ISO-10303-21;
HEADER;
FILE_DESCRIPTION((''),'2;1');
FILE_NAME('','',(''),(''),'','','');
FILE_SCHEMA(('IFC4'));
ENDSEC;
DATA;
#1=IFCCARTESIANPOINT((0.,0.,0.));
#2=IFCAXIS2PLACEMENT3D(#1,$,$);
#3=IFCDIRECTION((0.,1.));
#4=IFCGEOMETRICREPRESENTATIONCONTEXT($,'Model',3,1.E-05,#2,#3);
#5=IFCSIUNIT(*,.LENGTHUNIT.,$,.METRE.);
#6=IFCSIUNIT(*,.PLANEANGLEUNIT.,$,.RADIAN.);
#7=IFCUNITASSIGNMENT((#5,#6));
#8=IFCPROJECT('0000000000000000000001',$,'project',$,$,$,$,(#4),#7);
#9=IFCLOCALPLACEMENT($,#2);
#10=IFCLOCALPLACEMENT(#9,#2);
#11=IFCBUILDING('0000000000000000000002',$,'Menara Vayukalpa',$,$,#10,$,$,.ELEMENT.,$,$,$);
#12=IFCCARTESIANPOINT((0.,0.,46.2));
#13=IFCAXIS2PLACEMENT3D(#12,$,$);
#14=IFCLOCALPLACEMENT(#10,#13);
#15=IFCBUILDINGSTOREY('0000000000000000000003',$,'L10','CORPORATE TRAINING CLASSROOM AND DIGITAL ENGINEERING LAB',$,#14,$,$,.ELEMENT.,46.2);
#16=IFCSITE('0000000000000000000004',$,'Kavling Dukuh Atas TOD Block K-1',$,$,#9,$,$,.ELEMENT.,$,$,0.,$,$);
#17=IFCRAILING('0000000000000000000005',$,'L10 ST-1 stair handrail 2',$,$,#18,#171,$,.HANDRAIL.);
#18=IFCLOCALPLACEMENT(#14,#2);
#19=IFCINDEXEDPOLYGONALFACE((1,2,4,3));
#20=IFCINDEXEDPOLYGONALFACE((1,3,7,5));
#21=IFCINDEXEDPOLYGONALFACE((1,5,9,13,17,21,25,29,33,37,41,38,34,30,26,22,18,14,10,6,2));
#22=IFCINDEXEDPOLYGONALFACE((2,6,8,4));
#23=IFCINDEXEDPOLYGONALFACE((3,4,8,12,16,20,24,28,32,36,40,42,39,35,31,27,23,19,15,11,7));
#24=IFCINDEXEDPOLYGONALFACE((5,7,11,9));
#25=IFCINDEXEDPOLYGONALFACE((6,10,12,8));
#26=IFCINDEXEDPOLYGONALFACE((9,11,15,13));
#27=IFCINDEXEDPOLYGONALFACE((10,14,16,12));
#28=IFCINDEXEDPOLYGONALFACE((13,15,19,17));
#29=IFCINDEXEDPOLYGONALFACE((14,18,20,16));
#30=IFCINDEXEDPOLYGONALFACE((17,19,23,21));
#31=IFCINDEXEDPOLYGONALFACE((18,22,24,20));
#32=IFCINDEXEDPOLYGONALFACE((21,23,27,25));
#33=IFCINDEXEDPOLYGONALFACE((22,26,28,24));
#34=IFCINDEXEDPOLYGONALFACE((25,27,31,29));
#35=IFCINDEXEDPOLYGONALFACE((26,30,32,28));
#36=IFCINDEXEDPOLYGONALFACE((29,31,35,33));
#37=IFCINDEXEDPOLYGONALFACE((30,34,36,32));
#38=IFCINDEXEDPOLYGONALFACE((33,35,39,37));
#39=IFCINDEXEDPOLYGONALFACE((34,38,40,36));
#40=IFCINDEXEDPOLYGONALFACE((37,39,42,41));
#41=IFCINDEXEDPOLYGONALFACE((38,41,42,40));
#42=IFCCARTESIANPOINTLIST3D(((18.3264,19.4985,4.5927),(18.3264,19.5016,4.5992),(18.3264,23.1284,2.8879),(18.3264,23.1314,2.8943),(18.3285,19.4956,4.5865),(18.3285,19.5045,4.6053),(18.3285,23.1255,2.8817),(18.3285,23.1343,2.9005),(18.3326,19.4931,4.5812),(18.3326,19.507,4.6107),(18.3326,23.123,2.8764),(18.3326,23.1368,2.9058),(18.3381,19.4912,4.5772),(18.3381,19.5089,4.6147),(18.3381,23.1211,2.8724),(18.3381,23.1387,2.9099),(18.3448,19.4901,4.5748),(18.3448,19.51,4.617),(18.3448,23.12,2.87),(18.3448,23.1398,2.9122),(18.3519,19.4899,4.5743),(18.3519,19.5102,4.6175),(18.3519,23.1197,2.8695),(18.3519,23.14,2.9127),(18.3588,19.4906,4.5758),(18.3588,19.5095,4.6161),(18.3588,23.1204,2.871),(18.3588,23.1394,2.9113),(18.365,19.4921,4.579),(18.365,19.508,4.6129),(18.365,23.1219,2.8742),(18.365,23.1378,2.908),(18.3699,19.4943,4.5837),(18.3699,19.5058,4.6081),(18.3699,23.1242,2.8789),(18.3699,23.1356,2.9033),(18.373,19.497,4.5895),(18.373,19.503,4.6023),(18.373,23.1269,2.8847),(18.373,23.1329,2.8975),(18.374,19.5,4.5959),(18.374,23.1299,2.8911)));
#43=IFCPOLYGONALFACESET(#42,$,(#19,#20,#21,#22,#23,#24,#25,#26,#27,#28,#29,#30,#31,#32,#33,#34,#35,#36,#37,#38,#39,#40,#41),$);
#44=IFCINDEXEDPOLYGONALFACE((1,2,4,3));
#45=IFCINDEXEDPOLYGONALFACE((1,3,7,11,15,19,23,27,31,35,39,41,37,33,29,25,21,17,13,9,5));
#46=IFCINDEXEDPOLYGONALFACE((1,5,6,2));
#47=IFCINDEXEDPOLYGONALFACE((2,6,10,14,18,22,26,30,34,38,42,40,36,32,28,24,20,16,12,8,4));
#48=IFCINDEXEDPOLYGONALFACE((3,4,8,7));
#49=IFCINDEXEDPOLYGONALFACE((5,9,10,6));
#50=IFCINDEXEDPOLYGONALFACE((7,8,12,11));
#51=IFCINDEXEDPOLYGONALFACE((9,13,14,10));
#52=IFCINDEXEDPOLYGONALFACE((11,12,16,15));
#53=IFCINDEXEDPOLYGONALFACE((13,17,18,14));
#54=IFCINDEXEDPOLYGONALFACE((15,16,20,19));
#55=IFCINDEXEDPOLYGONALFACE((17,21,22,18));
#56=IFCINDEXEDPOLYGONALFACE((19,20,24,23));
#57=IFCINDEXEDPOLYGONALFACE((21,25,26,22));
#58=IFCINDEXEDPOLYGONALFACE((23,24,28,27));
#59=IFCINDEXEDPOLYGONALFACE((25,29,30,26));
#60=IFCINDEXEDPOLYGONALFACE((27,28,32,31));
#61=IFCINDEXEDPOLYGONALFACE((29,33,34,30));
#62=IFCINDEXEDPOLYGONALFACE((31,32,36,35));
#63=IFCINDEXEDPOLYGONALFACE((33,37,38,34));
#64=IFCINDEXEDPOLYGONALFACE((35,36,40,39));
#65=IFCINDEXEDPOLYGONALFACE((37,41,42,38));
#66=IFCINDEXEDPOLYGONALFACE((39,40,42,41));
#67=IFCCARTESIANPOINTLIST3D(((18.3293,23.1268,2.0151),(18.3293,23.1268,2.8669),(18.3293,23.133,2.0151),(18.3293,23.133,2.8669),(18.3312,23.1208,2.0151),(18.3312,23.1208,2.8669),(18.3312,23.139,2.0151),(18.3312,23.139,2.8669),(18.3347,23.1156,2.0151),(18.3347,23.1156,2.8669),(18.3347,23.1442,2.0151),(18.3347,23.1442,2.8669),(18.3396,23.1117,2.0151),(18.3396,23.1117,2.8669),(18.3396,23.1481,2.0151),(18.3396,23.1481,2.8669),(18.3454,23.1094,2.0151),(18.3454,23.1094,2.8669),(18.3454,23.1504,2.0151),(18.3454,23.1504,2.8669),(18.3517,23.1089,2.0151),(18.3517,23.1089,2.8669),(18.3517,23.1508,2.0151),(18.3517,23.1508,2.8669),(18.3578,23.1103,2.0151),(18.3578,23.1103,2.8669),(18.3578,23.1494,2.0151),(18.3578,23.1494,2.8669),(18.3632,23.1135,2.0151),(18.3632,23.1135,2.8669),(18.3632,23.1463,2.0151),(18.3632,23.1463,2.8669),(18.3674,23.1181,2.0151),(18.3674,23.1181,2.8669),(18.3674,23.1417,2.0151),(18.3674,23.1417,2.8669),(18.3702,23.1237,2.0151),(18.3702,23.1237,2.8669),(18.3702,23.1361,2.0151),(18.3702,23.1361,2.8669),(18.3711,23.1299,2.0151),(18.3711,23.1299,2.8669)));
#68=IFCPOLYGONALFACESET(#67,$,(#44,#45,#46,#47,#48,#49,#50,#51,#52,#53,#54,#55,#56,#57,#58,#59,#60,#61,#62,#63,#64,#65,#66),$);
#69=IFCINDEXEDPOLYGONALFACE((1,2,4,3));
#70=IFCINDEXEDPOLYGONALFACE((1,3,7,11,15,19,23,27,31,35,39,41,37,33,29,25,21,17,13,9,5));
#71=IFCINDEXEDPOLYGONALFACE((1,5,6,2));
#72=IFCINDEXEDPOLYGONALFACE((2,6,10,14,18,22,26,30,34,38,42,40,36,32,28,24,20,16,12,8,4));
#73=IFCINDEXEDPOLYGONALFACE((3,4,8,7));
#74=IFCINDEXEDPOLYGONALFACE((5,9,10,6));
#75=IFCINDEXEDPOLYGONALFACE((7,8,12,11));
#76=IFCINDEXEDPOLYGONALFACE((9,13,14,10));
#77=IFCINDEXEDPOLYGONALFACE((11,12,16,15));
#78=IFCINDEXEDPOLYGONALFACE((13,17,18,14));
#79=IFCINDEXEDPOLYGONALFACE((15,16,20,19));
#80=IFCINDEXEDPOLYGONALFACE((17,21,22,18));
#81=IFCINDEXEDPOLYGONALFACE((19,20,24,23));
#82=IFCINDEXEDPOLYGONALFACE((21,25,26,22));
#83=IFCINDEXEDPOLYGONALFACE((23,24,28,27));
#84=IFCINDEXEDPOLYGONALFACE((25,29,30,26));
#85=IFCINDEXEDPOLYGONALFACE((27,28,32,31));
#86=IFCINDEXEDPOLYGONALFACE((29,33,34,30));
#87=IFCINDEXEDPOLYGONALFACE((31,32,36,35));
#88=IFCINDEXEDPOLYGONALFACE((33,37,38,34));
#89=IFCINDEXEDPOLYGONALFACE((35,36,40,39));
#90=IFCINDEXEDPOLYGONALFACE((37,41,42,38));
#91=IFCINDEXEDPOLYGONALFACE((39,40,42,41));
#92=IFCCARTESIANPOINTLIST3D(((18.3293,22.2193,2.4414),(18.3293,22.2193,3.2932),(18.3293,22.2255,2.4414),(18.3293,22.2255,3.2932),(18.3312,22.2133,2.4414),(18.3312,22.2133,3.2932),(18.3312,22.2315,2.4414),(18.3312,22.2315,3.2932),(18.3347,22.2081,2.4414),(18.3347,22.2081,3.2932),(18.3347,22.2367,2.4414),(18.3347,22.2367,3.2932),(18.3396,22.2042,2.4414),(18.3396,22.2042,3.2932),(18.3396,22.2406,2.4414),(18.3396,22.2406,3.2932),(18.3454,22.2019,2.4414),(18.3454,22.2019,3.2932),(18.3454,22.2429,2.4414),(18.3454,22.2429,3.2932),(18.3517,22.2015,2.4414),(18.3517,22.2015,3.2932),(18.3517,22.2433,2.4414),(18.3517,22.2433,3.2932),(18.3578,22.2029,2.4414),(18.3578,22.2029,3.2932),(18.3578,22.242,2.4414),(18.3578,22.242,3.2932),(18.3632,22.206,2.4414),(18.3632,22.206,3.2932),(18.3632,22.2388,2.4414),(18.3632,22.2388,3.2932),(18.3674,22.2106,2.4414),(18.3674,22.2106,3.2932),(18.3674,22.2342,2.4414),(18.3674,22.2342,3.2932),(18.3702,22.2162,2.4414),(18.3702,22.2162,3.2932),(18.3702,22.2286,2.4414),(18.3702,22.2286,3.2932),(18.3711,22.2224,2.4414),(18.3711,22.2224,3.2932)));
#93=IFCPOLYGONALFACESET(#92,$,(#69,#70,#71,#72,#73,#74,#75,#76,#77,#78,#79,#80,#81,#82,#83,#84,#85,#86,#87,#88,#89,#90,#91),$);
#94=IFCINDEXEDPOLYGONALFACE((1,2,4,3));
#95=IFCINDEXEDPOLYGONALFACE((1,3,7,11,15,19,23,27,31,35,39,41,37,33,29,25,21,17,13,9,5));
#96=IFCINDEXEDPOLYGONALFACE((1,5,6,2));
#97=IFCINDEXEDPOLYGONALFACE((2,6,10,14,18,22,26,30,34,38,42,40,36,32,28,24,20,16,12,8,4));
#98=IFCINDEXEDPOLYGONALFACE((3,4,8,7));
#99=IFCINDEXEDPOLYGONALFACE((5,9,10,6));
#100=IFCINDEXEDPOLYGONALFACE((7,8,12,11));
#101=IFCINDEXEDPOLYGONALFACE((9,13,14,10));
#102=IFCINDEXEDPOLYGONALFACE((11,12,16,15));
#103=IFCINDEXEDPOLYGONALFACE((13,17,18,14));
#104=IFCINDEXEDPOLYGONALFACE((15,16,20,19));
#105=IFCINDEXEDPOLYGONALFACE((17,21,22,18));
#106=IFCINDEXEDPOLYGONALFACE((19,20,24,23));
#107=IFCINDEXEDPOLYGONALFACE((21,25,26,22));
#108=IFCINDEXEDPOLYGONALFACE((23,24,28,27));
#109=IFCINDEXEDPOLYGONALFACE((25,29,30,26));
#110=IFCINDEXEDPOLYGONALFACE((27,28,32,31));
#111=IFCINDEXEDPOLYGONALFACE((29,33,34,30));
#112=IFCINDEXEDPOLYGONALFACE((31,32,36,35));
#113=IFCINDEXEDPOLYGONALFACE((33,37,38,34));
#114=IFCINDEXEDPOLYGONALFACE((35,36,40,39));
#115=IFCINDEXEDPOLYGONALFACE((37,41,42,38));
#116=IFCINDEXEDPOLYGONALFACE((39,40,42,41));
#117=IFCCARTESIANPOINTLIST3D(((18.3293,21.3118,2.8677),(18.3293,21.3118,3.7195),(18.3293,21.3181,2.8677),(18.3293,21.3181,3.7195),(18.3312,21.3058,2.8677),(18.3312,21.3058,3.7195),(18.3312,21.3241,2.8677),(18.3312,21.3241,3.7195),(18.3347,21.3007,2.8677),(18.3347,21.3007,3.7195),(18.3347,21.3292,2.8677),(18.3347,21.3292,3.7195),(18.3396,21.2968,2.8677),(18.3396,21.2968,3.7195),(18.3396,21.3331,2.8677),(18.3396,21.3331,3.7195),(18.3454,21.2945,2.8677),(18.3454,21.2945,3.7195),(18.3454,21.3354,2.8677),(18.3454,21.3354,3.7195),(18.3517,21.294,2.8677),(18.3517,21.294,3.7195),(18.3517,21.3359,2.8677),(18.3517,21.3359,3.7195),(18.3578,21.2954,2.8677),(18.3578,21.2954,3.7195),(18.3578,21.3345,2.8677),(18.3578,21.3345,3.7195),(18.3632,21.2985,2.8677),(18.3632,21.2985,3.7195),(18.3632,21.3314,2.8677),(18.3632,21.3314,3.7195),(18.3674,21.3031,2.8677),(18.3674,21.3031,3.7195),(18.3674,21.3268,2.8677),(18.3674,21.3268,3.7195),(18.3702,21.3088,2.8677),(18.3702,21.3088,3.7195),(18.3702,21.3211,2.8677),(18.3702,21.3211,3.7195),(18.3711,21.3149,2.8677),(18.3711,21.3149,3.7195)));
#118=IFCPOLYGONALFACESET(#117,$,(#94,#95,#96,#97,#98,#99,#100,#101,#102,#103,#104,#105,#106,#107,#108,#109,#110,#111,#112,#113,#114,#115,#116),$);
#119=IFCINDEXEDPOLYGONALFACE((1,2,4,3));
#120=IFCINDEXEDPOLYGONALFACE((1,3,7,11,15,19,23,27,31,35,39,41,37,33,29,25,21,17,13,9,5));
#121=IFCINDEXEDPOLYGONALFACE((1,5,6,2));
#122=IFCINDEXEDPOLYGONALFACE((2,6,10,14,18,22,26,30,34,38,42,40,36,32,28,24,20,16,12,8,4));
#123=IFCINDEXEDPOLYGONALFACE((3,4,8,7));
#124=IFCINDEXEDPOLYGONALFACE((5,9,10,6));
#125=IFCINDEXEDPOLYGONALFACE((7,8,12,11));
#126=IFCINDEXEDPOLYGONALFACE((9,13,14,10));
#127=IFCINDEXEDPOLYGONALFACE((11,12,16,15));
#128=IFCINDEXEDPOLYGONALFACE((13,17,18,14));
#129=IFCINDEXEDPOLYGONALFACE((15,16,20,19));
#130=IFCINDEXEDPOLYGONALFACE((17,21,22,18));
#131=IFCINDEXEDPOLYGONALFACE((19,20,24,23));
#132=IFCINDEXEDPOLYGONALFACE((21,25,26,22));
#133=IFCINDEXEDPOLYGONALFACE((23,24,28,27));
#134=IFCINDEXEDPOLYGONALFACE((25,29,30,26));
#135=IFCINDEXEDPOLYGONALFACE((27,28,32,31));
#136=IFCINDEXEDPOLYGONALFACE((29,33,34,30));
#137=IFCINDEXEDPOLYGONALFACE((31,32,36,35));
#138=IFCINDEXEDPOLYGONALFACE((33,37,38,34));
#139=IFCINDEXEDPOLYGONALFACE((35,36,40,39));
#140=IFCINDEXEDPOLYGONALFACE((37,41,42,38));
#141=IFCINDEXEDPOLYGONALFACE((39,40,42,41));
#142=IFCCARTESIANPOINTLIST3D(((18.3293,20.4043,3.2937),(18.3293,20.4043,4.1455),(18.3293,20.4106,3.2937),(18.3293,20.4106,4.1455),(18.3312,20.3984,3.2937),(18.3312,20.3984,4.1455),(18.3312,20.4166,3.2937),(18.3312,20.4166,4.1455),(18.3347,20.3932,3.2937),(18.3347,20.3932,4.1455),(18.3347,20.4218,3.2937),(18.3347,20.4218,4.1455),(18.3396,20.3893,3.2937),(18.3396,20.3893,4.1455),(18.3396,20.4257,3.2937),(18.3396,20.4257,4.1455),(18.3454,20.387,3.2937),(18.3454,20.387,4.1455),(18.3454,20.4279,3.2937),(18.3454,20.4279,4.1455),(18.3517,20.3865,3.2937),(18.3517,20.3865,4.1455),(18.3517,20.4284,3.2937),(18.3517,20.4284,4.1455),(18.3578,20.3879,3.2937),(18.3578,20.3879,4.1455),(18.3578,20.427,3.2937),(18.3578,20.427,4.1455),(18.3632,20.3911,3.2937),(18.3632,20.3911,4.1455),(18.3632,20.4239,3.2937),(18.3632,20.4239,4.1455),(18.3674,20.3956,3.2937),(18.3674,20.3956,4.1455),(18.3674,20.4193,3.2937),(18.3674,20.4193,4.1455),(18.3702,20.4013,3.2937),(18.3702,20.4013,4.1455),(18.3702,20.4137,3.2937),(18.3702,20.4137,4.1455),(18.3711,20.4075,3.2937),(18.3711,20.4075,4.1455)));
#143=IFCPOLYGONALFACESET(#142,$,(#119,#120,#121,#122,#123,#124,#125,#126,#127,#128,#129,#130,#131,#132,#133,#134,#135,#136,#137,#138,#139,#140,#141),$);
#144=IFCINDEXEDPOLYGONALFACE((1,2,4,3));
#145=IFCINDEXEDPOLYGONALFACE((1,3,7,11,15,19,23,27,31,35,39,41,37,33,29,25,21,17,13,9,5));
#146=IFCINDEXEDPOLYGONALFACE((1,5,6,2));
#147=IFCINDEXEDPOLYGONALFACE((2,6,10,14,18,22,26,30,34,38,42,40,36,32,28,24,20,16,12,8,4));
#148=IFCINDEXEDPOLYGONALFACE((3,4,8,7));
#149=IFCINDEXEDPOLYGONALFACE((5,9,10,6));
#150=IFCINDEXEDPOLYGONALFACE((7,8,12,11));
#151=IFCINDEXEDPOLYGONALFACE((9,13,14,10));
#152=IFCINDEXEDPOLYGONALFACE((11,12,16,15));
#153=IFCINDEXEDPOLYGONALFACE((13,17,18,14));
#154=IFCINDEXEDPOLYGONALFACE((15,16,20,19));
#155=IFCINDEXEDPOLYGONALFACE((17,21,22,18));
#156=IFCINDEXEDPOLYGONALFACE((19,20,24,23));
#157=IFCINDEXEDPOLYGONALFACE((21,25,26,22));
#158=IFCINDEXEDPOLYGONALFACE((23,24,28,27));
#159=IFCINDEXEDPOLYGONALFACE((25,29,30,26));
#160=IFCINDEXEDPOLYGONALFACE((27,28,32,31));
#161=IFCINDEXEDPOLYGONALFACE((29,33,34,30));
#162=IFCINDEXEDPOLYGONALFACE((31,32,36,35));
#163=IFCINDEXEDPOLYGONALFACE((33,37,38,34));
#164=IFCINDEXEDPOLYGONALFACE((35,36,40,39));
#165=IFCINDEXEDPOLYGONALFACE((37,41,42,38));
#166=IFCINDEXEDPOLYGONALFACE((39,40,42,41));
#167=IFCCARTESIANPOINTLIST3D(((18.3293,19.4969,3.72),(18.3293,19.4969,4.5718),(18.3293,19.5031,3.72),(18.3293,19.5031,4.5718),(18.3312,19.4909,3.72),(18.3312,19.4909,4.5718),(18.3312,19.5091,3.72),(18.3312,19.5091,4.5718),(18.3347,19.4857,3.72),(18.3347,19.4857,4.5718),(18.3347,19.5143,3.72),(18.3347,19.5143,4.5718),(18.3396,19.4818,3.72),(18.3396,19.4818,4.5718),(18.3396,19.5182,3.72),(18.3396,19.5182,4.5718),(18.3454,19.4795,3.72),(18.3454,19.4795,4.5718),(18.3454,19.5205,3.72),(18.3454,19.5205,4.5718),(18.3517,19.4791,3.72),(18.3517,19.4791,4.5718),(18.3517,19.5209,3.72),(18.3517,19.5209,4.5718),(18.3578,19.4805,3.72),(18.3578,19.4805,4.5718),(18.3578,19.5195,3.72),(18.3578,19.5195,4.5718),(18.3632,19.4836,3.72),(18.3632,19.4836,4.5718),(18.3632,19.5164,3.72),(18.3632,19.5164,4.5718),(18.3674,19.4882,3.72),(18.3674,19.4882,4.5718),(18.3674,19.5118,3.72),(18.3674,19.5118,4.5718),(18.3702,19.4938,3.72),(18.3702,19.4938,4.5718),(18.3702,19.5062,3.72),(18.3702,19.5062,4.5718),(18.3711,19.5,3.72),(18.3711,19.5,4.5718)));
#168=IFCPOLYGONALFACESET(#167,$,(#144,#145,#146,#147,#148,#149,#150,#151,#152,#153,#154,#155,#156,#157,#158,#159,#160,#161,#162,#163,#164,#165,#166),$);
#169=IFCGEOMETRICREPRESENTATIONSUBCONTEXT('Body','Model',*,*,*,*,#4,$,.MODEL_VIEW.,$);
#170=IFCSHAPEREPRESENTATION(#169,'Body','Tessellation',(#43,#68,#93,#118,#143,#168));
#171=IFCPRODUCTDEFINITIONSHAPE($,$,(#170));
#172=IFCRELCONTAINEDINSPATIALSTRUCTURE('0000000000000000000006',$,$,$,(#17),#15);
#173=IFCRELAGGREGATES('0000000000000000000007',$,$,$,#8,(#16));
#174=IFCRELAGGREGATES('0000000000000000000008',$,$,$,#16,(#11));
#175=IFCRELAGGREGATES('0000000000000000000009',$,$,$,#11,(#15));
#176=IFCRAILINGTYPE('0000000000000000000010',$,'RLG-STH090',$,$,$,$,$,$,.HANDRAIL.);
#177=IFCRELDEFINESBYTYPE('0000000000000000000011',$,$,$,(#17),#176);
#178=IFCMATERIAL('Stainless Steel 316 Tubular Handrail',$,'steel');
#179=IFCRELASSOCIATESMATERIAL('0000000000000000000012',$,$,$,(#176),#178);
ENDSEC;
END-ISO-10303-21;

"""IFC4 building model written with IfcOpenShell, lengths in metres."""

from ifc_helpers import new_model, si_unit, direction, frame, origin, origin_2d, place, context, subcontext, project, spatial, circle, extrude, material, type_object, element, save


model = new_model("IFC4")

# Units and contexts
model_context = context("Model", 3, precision=1e-05, world=origin(), true_north=direction((0.0, 1.0)))
body_context = subcontext(model_context, "Body", "Model", "MODEL_VIEW")
ifc_project = project(units=[si_unit("LENGTHUNIT", "METRE"), si_unit("PLANEANGLEUNIT", "RADIAN")], contexts=[model_context])

# Site, building, storey
site_placement = place(None, origin())
site = spatial("IfcSite", under=ifc_project, at=site_placement, Name="Kavling Dukuh Atas TOD Block K-1", CompositionType="ELEMENT", RefElevation=0.0)
building_placement = place(site_placement, origin())
building = spatial("IfcBuilding", under=site, at=building_placement, Name="Menara Vayukalpa", CompositionType="ELEMENT")
storey_placement = place(building_placement, frame((0.0, 0.0, 46.2)))
storey = spatial("IfcBuildingStorey", under=building, at=storey_placement, Name="L10", Description="CORPORATE TRAINING CLASSROOM AND DIGITAL ENGINEERING LAB", CompositionType="ELEMENT", Elevation=46.2)

# Railing
ifc_material_1 = material(Name="Stainless Steel 316 Tubular Handrail", Category="steel")
railing_type_1 = type_object("IfcRailingType", Name="RLG-STH090", PredefinedType="HANDRAIL", material=ifc_material_1)
railing_1_placement = place(storey_placement, frame((18.3501, 23.1299, 2.0151)))
element("IfcRailing", 1, at=railing_1_placement, inside=storey, type_object=railing_type_1, Name="L10 ST-1 stair handrail 2", PredefinedType="HANDRAIL", context=body_context, shape_type="SweptSolid", body=[
    extrude(circle(Radius=0.0239, at=origin_2d()), frame((0.0, 0.0, 0.876), z_axis=(0.0, -0.90514, 0.425114), x_axis=(1.0, 0.0, 0.0)), (0.0, 0.0, 1.0), 4.0103),
    extrude(circle(Radius=0.021, at=origin_2d()), origin(), (0.0, 0.0, 1.0), 0.8518),
    extrude(circle(Radius=0.021, at=origin_2d()), frame((0.0, -0.9075, 0.4263)), (0.0, 0.0, 1.0), 0.8518),
    extrude(circle(Radius=0.021, at=origin_2d()), frame((0.0, -1.8149, 0.8525)), (0.0, 0.0, 1.0), 0.8518),
    extrude(circle(Radius=0.021, at=origin_2d()), frame((0.0, -2.7224, 1.2786)), (0.0, 0.0, 1.0), 0.8518),
    extrude(circle(Radius=0.021, at=origin_2d()), frame((0.0, -3.6299, 1.7048)), (0.0, 0.0, 1.0), 0.8518),
])

save(model, "model.ifc")
